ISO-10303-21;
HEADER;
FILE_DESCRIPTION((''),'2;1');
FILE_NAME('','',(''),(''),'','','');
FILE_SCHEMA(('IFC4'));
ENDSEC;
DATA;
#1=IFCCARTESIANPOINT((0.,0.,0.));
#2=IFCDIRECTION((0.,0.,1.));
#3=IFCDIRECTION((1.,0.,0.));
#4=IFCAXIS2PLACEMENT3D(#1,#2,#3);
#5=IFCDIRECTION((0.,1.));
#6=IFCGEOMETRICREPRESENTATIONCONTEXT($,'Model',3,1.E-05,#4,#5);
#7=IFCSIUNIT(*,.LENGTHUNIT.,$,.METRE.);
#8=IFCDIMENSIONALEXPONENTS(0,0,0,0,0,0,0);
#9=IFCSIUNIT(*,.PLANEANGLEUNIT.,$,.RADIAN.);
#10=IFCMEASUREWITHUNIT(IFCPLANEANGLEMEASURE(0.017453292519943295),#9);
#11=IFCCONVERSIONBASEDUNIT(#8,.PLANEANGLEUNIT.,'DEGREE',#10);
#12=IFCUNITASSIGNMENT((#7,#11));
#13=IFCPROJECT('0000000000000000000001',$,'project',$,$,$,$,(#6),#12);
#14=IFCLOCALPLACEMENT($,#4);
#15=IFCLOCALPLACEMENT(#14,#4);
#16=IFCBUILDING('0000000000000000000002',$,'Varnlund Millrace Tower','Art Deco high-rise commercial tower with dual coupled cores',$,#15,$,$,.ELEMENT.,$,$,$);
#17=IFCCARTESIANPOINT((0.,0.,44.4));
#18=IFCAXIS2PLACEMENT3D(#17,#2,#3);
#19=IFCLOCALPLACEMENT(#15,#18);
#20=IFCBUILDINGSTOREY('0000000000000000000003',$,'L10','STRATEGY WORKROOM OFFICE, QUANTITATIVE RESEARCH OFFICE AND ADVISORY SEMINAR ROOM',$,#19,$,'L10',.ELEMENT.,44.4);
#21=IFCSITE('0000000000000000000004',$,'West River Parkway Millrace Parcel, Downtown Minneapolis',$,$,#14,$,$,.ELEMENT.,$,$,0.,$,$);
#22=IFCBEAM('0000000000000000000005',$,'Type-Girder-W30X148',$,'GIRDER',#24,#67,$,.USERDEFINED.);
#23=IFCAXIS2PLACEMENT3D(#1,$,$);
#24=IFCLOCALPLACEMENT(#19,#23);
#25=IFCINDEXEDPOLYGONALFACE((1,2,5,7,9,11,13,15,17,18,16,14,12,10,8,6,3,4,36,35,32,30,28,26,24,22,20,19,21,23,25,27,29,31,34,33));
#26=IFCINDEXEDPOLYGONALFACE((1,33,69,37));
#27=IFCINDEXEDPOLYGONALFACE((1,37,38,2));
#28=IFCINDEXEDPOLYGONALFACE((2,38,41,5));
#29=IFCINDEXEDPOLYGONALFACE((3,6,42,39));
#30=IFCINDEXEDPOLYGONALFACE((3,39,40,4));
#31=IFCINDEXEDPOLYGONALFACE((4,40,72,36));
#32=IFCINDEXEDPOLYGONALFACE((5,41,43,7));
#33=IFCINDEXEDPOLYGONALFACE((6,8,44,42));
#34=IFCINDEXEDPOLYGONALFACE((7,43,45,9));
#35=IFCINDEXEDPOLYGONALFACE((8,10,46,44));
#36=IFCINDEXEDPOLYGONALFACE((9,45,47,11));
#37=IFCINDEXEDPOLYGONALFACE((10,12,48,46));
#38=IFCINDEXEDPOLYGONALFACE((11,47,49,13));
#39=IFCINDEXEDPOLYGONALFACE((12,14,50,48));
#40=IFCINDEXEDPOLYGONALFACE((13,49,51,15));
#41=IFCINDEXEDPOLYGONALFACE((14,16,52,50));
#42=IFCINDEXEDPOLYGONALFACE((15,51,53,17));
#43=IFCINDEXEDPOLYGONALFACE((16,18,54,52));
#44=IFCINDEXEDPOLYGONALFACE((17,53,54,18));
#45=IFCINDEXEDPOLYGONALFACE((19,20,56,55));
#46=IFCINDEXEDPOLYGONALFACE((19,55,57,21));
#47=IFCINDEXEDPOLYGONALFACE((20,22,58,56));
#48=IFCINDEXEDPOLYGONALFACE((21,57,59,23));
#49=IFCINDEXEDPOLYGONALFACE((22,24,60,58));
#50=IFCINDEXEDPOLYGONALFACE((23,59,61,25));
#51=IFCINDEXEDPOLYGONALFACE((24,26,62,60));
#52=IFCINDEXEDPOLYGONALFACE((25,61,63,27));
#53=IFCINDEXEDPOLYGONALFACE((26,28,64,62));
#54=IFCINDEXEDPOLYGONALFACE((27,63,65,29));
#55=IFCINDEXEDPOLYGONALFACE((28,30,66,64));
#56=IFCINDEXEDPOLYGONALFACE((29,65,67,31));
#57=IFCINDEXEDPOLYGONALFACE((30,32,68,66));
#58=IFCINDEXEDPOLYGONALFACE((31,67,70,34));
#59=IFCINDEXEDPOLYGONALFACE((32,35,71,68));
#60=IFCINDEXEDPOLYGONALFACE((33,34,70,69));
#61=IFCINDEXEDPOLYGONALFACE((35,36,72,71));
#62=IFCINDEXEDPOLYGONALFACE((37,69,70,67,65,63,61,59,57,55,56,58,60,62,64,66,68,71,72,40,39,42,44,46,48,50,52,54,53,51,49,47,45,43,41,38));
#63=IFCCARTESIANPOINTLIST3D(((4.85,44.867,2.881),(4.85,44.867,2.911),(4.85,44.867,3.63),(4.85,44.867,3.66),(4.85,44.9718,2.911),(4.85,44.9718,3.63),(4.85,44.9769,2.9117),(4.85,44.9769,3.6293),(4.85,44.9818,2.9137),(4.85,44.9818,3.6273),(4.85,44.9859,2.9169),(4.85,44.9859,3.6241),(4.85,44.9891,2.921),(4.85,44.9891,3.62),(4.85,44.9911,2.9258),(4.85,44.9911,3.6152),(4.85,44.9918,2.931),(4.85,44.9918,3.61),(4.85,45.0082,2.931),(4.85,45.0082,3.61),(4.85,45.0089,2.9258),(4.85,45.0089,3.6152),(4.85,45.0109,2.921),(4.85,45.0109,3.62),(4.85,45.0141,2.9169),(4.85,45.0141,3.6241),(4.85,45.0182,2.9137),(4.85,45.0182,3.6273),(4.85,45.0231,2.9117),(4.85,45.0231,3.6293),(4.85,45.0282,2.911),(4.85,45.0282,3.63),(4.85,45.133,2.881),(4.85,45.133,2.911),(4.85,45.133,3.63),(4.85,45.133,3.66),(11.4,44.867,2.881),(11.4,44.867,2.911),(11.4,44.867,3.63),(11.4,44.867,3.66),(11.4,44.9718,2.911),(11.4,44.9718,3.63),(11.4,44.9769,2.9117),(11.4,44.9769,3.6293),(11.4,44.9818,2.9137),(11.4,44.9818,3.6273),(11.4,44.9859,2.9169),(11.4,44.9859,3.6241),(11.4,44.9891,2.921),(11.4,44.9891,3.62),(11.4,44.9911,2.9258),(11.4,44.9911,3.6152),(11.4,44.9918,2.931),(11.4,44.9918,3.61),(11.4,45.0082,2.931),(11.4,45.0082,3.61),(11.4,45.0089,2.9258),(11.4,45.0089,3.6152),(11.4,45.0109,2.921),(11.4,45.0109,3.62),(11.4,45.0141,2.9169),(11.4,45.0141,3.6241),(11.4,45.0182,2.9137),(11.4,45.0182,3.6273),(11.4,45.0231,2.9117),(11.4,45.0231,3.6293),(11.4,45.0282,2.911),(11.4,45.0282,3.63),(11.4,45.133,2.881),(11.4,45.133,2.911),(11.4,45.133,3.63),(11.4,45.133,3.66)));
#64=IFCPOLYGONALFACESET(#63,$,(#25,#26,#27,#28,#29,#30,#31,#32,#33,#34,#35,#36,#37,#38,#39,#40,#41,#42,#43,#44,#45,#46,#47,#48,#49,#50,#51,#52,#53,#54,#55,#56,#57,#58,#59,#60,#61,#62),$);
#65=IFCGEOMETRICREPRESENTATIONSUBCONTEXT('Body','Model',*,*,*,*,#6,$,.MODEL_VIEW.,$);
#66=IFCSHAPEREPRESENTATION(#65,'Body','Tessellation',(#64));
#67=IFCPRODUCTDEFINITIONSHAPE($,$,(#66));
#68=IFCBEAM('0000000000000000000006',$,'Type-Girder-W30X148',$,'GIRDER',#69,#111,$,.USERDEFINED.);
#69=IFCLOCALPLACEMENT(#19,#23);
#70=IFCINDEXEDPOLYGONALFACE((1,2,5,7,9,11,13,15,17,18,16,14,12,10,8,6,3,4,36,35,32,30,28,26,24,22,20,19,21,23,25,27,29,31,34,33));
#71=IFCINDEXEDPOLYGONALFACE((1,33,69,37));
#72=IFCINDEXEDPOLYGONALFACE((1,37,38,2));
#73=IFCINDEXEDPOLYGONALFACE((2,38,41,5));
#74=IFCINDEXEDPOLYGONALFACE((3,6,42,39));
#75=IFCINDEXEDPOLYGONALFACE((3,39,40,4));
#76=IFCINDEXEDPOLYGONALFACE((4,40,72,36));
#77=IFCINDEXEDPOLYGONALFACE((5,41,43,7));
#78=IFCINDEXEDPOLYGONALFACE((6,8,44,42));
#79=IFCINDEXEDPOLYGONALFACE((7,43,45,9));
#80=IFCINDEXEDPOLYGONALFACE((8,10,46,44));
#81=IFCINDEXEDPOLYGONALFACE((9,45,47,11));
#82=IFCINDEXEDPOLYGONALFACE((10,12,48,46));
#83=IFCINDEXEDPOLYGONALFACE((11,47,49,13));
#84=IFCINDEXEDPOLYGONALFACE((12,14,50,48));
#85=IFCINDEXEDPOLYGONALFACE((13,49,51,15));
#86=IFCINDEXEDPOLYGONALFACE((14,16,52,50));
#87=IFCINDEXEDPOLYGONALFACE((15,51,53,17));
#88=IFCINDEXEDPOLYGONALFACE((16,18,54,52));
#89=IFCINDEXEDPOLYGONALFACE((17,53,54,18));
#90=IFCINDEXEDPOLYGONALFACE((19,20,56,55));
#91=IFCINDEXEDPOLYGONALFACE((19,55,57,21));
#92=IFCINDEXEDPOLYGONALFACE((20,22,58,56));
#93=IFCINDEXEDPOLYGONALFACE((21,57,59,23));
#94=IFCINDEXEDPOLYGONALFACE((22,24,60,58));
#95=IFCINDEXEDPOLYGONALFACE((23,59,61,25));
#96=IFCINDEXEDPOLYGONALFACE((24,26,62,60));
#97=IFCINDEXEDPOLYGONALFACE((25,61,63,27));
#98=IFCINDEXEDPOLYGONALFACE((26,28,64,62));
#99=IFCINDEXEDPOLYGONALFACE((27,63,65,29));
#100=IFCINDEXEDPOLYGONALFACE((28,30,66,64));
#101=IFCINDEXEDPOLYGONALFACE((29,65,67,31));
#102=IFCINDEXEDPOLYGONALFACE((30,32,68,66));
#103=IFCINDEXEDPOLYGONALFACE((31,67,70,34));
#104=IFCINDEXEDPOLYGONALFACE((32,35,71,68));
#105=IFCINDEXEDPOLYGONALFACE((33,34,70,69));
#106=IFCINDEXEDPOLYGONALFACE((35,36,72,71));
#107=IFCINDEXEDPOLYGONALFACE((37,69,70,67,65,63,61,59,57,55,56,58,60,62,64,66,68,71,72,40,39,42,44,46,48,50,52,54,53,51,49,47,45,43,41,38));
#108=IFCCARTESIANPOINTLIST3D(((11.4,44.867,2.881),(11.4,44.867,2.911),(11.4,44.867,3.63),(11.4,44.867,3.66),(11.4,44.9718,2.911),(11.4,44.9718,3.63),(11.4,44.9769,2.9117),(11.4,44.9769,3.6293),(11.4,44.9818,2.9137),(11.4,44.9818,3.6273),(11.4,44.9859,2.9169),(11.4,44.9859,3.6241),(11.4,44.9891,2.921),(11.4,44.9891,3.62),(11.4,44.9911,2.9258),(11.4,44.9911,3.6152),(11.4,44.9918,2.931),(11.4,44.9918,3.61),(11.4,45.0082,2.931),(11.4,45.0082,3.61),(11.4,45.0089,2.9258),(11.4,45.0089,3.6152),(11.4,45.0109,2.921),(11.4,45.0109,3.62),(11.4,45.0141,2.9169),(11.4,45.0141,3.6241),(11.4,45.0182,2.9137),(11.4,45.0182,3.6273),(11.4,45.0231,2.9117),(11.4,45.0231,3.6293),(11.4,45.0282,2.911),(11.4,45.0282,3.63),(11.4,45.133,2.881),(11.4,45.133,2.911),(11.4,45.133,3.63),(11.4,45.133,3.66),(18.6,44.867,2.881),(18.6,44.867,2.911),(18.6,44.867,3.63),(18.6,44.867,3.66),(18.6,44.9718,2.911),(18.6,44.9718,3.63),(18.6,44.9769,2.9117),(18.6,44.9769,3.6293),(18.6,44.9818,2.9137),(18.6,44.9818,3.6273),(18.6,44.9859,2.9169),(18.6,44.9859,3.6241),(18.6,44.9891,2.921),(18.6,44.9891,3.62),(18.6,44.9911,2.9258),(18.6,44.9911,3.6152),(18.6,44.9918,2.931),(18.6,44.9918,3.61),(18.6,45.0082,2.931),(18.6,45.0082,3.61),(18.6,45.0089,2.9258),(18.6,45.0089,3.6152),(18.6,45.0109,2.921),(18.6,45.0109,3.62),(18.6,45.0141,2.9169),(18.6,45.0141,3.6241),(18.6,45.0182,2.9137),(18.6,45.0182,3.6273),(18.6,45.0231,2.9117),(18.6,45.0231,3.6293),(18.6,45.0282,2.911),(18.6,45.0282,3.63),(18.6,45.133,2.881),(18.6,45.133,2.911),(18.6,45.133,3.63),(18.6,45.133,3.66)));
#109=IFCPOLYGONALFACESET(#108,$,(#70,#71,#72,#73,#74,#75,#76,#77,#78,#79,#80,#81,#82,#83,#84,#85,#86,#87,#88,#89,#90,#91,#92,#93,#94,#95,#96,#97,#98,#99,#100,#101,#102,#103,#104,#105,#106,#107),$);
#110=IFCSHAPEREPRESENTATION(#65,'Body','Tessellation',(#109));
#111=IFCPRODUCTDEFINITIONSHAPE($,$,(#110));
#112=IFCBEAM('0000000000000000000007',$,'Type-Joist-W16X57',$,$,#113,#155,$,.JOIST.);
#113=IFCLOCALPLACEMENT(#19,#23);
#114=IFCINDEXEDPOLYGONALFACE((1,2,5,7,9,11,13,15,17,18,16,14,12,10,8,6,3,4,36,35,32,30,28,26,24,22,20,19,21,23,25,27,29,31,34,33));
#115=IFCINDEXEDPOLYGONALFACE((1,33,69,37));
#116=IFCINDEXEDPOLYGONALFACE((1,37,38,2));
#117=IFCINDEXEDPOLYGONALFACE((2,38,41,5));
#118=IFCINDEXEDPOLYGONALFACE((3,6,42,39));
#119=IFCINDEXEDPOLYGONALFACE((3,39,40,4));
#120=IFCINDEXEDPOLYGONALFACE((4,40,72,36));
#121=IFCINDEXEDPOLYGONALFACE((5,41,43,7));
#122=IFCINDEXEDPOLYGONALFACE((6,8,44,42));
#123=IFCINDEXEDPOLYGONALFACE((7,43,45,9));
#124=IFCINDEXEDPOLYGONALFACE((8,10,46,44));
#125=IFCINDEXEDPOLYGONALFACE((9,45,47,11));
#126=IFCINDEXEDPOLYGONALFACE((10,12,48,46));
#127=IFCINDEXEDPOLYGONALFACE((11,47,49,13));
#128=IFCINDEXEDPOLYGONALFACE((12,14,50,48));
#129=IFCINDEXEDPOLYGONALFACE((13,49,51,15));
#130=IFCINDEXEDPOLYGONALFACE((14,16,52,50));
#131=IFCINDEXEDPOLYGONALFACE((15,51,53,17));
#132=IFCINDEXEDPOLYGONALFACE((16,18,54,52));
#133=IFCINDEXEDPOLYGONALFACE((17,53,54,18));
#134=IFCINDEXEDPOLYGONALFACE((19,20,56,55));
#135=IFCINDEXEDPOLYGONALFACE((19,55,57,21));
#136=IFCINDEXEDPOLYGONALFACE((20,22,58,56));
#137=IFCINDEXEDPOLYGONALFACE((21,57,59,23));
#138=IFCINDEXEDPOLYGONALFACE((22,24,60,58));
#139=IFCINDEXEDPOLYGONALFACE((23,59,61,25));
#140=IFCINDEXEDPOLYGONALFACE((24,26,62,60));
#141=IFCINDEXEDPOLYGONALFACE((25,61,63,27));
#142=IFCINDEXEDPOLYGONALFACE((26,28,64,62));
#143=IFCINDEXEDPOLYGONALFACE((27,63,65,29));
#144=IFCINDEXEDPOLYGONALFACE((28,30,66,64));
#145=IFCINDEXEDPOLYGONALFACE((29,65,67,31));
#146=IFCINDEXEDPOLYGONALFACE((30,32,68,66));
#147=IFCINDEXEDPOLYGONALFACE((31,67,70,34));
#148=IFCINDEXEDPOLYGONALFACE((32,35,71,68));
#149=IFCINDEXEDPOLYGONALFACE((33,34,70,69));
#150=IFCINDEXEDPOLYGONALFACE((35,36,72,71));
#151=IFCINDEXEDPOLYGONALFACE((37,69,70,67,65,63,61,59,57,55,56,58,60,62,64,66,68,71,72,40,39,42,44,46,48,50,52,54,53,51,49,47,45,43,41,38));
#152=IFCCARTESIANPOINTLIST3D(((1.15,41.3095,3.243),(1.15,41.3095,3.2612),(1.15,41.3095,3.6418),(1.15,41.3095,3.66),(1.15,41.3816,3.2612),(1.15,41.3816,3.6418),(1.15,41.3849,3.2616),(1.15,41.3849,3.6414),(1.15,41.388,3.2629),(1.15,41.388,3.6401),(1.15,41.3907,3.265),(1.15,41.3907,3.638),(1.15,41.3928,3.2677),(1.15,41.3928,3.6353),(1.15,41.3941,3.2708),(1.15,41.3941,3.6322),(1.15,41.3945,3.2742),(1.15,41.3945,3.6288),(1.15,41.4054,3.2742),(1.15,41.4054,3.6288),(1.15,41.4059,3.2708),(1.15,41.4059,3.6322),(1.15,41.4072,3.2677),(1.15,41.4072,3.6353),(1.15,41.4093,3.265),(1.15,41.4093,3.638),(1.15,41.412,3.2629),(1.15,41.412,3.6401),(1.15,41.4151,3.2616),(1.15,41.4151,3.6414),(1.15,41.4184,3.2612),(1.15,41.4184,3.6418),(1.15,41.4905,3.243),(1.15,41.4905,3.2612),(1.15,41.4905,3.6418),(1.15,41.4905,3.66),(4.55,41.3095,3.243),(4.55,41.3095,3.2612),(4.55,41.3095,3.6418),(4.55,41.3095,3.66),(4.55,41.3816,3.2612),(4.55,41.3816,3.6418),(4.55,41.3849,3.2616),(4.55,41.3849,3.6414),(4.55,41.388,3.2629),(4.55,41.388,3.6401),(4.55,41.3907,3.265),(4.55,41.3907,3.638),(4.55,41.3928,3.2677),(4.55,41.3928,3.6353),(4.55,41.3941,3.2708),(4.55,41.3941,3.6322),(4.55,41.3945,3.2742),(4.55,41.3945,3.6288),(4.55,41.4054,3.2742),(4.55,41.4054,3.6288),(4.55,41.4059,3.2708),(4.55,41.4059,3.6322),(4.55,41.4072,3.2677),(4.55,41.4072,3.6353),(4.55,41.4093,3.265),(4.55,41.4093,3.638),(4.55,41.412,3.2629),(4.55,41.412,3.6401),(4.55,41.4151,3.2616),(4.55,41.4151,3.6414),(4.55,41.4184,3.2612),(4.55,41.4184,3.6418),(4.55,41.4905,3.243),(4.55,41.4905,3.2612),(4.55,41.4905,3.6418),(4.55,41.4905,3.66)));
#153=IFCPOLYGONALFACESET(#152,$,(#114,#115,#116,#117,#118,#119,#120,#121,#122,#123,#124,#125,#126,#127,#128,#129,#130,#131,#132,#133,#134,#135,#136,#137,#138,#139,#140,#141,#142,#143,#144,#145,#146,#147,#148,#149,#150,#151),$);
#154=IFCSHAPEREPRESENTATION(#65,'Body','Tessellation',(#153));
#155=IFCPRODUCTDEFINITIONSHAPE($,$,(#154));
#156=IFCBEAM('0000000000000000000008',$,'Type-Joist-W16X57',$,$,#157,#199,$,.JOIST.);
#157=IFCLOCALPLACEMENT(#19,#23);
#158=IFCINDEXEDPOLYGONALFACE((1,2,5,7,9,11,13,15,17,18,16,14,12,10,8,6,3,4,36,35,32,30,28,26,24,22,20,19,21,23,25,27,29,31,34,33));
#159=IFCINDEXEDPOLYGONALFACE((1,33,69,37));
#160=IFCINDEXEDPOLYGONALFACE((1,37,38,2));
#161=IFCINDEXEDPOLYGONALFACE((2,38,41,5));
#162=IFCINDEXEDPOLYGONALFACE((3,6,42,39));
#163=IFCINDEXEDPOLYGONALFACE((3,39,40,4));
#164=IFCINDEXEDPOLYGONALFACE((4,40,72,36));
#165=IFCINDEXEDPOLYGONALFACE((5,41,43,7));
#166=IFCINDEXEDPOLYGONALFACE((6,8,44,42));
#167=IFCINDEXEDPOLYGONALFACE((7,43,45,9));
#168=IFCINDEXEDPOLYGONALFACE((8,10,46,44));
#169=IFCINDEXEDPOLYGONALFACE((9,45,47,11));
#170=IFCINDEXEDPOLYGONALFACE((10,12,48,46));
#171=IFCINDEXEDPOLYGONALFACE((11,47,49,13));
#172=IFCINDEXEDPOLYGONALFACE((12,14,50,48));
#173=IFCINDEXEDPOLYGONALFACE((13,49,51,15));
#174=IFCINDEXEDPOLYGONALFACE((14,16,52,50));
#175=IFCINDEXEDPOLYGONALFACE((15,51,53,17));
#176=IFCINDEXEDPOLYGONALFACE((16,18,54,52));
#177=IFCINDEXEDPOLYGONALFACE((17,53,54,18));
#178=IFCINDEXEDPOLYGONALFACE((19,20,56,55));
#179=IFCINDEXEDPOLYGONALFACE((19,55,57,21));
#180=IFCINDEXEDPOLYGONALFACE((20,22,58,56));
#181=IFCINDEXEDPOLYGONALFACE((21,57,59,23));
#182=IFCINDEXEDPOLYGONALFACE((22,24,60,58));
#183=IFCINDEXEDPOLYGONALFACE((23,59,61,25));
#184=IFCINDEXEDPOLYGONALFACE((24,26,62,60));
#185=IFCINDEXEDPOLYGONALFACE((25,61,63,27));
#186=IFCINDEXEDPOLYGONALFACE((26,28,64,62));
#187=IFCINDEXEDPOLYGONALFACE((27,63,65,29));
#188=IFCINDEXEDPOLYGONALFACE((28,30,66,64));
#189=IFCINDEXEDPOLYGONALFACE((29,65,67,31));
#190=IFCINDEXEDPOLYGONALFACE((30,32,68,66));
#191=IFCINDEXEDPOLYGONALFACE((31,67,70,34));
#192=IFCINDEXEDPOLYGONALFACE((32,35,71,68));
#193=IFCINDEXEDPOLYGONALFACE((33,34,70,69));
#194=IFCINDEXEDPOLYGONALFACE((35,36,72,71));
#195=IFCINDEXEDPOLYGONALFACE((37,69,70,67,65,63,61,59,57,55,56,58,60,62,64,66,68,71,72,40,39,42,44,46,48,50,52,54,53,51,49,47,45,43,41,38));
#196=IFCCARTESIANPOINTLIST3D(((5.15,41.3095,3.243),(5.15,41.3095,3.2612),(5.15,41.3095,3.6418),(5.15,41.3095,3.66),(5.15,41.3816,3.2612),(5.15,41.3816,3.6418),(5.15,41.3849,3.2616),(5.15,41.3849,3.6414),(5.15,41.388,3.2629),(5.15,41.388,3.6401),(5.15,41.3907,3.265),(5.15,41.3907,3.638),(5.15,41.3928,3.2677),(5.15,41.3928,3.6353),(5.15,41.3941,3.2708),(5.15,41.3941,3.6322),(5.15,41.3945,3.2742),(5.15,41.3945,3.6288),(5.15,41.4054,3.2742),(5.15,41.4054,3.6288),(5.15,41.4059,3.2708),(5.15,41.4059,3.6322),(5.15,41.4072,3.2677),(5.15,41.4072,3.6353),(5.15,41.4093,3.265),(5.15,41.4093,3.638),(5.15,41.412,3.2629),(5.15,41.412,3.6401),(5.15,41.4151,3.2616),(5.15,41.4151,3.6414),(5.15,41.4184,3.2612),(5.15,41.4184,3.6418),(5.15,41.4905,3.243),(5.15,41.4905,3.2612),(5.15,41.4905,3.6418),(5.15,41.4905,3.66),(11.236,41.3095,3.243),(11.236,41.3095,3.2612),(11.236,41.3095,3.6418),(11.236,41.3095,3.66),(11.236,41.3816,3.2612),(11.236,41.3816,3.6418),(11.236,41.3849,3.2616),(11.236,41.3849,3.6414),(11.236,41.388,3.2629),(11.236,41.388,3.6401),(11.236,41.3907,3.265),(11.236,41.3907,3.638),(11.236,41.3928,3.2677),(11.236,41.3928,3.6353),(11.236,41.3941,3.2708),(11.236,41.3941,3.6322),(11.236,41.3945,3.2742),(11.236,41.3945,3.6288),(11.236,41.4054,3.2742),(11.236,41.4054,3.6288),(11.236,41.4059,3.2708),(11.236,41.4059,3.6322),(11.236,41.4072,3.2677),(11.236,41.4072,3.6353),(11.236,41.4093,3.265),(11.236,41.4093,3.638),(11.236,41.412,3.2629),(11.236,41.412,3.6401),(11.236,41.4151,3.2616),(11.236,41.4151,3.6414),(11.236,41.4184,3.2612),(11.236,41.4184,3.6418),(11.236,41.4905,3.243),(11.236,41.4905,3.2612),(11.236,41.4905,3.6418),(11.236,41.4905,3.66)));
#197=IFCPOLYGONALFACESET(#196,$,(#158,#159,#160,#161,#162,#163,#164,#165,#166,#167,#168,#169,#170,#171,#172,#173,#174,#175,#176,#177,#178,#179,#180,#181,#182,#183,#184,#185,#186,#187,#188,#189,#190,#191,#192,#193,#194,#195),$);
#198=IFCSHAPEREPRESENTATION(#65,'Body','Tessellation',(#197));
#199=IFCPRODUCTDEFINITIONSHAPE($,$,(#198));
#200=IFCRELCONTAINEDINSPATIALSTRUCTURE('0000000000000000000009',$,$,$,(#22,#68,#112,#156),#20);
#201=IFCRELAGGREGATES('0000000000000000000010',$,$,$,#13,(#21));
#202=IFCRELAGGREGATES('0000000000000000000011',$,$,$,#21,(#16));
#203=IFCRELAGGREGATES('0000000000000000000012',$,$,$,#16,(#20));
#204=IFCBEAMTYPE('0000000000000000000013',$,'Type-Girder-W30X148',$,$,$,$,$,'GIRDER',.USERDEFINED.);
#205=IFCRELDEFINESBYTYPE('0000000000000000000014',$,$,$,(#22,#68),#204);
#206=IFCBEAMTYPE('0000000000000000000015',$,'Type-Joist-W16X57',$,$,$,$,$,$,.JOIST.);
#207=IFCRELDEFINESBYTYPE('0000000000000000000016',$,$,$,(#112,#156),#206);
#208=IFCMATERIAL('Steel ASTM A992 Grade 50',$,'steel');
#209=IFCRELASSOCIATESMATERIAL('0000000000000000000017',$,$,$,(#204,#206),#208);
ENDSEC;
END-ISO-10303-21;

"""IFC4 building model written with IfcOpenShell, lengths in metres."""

from ifc_helpers import new_model, entity, si_unit, converted_unit, direction, frame, origin_with_axes, origin_2d_with_axis, place, context, subcontext, project, spatial, i_section, extrude, material, material_profile, profile_set, type_object, element, save


model = new_model("IFC4")

# Units and contexts
model_context = context("Model", 3, precision=1e-05, world=origin_with_axes(), true_north=direction((0.0, 1.0)))
body_context = subcontext(model_context, "Body", "Model", "MODEL_VIEW")
ifc_project = project(units=[si_unit("LENGTHUNIT", "METRE"), converted_unit("PLANEANGLEUNIT", "DEGREE", entity("IfcPlaneAngleMeasure", 0.017453292519943295), si_unit("PLANEANGLEUNIT", "RADIAN"), dimensions=[0, 0, 0, 0, 0, 0, 0])], contexts=[model_context])

# Site, building, storey
site_placement = place(None, origin_with_axes())
site = spatial("IfcSite", under=ifc_project, at=site_placement, Name="West River Parkway Millrace Parcel, Downtown Minneapolis", CompositionType="ELEMENT", RefElevation=0.0)
building_placement = place(site_placement, origin_with_axes())
building = spatial("IfcBuilding", under=site, at=building_placement, Name="Varnlund Millrace Tower", Description="Art Deco high-rise commercial tower with dual coupled cores", CompositionType="ELEMENT")
storey_placement = place(building_placement, frame((0.0, 0.0, 44.4), z_axis=(0.0, 0.0, 1.0), x_axis=(1.0, 0.0, 0.0)))
storey = spatial("IfcBuildingStorey", under=building, at=storey_placement, Name="L10", Description="STRATEGY WORKROOM OFFICE, QUANTITATIVE RESEARCH OFFICE AND ADVISORY SEMINAR ROOM", LongName="L10", CompositionType="ELEMENT", Elevation=44.4)

# Beams
ifc_material_1 = material(Name="Steel ASTM A992 Grade 50", Category="steel")
ifc_material_profile_1 = material_profile(ifc_material_1, i_section(OverallWidth=0.266, OverallDepth=0.779, WebThickness=0.0165, FlangeThickness=0.03, FilletRadius=0.02, at=origin_2d_with_axis()), Name="Steel ASTM A992 Grade 50")
ifc_profile_set_1 = profile_set([ifc_material_profile_1], Name="Steel ASTM A992 Grade 50")
beam_type_1 = type_object("IfcBeamType", Name="Type-Girder-W30X148", ElementType="GIRDER", PredefinedType="USERDEFINED", material=ifc_profile_set_1)
beam_1_placement = place(storey_placement, frame((4.85, 45.0, 3.2705), z_axis=(1.0, 0.0, 0.0), x_axis=(0.0, 1.0, 0.0)))
element("IfcBeam", 1, at=beam_1_placement, inside=storey, type_object=beam_type_1, Name="Type-Girder-W30X148", ObjectType="GIRDER", PredefinedType="USERDEFINED", context=body_context, shape_type="SweptSolid", body=[
    extrude(i_section(OverallWidth=0.266, OverallDepth=0.779, WebThickness=0.0165, FlangeThickness=0.03, FilletRadius=0.02, at=origin_2d_with_axis()), origin_with_axes(), (0.0, 0.0, 1.0), 6.55),
])
beam_2_placement = place(storey_placement, frame((11.4, 45.0, 3.2705), z_axis=(1.0, 0.0, 0.0), x_axis=(0.0, 1.0, 0.0)))
element("IfcBeam", 2, at=beam_2_placement, inside=storey, type_object=beam_type_1, Name="Type-Girder-W30X148", ObjectType="GIRDER", PredefinedType="USERDEFINED", context=body_context, shape_type="SweptSolid", body=[
    extrude(i_section(OverallWidth=0.266, OverallDepth=0.779, WebThickness=0.0165, FlangeThickness=0.03, FilletRadius=0.02, at=origin_2d_with_axis()), origin_with_axes(), (0.0, 0.0, 1.0), 7.2),
])
ifc_material_profile_2 = material_profile(ifc_material_1, i_section(OverallWidth=0.181, OverallDepth=0.417, WebThickness=0.0109, FlangeThickness=0.0182, FilletRadius=0.013, at=origin_2d_with_axis()), Name="Steel ASTM A992 Grade 50")
ifc_profile_set_2 = profile_set([ifc_material_profile_2], Name="Steel ASTM A992 Grade 50")
beam_type_2 = type_object("IfcBeamType", Name="Type-Joist-W16X57", PredefinedType="JOIST", material=ifc_profile_set_2)
beam_3_placement = place(storey_placement, frame((1.15, 41.4, 3.4515), z_axis=(1.0, 0.0, 0.0), x_axis=(0.0, 1.0, 0.0)))
element("IfcBeam", 3, at=beam_3_placement, inside=storey, type_object=beam_type_2, Name="Type-Joist-W16X57", PredefinedType="JOIST", context=body_context, shape_type="SweptSolid", body=[
    extrude(i_section(OverallWidth=0.181, OverallDepth=0.417, WebThickness=0.0109, FlangeThickness=0.0182, FilletRadius=0.013, at=origin_2d_with_axis()), origin_with_axes(), (0.0, 0.0, 1.0), 3.4),
])
beam_4_placement = place(storey_placement, frame((5.15, 41.4, 3.4515), z_axis=(1.0, 0.0, 0.0), x_axis=(0.0, 1.0, 0.0)))
element("IfcBeam", 4, at=beam_4_placement, inside=storey, type_object=beam_type_2, Name="Type-Joist-W16X57", PredefinedType="JOIST", context=body_context, shape_type="SweptSolid", body=[
    extrude(i_section(OverallWidth=0.181, OverallDepth=0.417, WebThickness=0.0109, FlangeThickness=0.0182, FilletRadius=0.013, at=origin_2d_with_axis()), origin_with_axes(), (0.0, 0.0, 1.0), 6.086),
])

save(model, "model.ifc")
